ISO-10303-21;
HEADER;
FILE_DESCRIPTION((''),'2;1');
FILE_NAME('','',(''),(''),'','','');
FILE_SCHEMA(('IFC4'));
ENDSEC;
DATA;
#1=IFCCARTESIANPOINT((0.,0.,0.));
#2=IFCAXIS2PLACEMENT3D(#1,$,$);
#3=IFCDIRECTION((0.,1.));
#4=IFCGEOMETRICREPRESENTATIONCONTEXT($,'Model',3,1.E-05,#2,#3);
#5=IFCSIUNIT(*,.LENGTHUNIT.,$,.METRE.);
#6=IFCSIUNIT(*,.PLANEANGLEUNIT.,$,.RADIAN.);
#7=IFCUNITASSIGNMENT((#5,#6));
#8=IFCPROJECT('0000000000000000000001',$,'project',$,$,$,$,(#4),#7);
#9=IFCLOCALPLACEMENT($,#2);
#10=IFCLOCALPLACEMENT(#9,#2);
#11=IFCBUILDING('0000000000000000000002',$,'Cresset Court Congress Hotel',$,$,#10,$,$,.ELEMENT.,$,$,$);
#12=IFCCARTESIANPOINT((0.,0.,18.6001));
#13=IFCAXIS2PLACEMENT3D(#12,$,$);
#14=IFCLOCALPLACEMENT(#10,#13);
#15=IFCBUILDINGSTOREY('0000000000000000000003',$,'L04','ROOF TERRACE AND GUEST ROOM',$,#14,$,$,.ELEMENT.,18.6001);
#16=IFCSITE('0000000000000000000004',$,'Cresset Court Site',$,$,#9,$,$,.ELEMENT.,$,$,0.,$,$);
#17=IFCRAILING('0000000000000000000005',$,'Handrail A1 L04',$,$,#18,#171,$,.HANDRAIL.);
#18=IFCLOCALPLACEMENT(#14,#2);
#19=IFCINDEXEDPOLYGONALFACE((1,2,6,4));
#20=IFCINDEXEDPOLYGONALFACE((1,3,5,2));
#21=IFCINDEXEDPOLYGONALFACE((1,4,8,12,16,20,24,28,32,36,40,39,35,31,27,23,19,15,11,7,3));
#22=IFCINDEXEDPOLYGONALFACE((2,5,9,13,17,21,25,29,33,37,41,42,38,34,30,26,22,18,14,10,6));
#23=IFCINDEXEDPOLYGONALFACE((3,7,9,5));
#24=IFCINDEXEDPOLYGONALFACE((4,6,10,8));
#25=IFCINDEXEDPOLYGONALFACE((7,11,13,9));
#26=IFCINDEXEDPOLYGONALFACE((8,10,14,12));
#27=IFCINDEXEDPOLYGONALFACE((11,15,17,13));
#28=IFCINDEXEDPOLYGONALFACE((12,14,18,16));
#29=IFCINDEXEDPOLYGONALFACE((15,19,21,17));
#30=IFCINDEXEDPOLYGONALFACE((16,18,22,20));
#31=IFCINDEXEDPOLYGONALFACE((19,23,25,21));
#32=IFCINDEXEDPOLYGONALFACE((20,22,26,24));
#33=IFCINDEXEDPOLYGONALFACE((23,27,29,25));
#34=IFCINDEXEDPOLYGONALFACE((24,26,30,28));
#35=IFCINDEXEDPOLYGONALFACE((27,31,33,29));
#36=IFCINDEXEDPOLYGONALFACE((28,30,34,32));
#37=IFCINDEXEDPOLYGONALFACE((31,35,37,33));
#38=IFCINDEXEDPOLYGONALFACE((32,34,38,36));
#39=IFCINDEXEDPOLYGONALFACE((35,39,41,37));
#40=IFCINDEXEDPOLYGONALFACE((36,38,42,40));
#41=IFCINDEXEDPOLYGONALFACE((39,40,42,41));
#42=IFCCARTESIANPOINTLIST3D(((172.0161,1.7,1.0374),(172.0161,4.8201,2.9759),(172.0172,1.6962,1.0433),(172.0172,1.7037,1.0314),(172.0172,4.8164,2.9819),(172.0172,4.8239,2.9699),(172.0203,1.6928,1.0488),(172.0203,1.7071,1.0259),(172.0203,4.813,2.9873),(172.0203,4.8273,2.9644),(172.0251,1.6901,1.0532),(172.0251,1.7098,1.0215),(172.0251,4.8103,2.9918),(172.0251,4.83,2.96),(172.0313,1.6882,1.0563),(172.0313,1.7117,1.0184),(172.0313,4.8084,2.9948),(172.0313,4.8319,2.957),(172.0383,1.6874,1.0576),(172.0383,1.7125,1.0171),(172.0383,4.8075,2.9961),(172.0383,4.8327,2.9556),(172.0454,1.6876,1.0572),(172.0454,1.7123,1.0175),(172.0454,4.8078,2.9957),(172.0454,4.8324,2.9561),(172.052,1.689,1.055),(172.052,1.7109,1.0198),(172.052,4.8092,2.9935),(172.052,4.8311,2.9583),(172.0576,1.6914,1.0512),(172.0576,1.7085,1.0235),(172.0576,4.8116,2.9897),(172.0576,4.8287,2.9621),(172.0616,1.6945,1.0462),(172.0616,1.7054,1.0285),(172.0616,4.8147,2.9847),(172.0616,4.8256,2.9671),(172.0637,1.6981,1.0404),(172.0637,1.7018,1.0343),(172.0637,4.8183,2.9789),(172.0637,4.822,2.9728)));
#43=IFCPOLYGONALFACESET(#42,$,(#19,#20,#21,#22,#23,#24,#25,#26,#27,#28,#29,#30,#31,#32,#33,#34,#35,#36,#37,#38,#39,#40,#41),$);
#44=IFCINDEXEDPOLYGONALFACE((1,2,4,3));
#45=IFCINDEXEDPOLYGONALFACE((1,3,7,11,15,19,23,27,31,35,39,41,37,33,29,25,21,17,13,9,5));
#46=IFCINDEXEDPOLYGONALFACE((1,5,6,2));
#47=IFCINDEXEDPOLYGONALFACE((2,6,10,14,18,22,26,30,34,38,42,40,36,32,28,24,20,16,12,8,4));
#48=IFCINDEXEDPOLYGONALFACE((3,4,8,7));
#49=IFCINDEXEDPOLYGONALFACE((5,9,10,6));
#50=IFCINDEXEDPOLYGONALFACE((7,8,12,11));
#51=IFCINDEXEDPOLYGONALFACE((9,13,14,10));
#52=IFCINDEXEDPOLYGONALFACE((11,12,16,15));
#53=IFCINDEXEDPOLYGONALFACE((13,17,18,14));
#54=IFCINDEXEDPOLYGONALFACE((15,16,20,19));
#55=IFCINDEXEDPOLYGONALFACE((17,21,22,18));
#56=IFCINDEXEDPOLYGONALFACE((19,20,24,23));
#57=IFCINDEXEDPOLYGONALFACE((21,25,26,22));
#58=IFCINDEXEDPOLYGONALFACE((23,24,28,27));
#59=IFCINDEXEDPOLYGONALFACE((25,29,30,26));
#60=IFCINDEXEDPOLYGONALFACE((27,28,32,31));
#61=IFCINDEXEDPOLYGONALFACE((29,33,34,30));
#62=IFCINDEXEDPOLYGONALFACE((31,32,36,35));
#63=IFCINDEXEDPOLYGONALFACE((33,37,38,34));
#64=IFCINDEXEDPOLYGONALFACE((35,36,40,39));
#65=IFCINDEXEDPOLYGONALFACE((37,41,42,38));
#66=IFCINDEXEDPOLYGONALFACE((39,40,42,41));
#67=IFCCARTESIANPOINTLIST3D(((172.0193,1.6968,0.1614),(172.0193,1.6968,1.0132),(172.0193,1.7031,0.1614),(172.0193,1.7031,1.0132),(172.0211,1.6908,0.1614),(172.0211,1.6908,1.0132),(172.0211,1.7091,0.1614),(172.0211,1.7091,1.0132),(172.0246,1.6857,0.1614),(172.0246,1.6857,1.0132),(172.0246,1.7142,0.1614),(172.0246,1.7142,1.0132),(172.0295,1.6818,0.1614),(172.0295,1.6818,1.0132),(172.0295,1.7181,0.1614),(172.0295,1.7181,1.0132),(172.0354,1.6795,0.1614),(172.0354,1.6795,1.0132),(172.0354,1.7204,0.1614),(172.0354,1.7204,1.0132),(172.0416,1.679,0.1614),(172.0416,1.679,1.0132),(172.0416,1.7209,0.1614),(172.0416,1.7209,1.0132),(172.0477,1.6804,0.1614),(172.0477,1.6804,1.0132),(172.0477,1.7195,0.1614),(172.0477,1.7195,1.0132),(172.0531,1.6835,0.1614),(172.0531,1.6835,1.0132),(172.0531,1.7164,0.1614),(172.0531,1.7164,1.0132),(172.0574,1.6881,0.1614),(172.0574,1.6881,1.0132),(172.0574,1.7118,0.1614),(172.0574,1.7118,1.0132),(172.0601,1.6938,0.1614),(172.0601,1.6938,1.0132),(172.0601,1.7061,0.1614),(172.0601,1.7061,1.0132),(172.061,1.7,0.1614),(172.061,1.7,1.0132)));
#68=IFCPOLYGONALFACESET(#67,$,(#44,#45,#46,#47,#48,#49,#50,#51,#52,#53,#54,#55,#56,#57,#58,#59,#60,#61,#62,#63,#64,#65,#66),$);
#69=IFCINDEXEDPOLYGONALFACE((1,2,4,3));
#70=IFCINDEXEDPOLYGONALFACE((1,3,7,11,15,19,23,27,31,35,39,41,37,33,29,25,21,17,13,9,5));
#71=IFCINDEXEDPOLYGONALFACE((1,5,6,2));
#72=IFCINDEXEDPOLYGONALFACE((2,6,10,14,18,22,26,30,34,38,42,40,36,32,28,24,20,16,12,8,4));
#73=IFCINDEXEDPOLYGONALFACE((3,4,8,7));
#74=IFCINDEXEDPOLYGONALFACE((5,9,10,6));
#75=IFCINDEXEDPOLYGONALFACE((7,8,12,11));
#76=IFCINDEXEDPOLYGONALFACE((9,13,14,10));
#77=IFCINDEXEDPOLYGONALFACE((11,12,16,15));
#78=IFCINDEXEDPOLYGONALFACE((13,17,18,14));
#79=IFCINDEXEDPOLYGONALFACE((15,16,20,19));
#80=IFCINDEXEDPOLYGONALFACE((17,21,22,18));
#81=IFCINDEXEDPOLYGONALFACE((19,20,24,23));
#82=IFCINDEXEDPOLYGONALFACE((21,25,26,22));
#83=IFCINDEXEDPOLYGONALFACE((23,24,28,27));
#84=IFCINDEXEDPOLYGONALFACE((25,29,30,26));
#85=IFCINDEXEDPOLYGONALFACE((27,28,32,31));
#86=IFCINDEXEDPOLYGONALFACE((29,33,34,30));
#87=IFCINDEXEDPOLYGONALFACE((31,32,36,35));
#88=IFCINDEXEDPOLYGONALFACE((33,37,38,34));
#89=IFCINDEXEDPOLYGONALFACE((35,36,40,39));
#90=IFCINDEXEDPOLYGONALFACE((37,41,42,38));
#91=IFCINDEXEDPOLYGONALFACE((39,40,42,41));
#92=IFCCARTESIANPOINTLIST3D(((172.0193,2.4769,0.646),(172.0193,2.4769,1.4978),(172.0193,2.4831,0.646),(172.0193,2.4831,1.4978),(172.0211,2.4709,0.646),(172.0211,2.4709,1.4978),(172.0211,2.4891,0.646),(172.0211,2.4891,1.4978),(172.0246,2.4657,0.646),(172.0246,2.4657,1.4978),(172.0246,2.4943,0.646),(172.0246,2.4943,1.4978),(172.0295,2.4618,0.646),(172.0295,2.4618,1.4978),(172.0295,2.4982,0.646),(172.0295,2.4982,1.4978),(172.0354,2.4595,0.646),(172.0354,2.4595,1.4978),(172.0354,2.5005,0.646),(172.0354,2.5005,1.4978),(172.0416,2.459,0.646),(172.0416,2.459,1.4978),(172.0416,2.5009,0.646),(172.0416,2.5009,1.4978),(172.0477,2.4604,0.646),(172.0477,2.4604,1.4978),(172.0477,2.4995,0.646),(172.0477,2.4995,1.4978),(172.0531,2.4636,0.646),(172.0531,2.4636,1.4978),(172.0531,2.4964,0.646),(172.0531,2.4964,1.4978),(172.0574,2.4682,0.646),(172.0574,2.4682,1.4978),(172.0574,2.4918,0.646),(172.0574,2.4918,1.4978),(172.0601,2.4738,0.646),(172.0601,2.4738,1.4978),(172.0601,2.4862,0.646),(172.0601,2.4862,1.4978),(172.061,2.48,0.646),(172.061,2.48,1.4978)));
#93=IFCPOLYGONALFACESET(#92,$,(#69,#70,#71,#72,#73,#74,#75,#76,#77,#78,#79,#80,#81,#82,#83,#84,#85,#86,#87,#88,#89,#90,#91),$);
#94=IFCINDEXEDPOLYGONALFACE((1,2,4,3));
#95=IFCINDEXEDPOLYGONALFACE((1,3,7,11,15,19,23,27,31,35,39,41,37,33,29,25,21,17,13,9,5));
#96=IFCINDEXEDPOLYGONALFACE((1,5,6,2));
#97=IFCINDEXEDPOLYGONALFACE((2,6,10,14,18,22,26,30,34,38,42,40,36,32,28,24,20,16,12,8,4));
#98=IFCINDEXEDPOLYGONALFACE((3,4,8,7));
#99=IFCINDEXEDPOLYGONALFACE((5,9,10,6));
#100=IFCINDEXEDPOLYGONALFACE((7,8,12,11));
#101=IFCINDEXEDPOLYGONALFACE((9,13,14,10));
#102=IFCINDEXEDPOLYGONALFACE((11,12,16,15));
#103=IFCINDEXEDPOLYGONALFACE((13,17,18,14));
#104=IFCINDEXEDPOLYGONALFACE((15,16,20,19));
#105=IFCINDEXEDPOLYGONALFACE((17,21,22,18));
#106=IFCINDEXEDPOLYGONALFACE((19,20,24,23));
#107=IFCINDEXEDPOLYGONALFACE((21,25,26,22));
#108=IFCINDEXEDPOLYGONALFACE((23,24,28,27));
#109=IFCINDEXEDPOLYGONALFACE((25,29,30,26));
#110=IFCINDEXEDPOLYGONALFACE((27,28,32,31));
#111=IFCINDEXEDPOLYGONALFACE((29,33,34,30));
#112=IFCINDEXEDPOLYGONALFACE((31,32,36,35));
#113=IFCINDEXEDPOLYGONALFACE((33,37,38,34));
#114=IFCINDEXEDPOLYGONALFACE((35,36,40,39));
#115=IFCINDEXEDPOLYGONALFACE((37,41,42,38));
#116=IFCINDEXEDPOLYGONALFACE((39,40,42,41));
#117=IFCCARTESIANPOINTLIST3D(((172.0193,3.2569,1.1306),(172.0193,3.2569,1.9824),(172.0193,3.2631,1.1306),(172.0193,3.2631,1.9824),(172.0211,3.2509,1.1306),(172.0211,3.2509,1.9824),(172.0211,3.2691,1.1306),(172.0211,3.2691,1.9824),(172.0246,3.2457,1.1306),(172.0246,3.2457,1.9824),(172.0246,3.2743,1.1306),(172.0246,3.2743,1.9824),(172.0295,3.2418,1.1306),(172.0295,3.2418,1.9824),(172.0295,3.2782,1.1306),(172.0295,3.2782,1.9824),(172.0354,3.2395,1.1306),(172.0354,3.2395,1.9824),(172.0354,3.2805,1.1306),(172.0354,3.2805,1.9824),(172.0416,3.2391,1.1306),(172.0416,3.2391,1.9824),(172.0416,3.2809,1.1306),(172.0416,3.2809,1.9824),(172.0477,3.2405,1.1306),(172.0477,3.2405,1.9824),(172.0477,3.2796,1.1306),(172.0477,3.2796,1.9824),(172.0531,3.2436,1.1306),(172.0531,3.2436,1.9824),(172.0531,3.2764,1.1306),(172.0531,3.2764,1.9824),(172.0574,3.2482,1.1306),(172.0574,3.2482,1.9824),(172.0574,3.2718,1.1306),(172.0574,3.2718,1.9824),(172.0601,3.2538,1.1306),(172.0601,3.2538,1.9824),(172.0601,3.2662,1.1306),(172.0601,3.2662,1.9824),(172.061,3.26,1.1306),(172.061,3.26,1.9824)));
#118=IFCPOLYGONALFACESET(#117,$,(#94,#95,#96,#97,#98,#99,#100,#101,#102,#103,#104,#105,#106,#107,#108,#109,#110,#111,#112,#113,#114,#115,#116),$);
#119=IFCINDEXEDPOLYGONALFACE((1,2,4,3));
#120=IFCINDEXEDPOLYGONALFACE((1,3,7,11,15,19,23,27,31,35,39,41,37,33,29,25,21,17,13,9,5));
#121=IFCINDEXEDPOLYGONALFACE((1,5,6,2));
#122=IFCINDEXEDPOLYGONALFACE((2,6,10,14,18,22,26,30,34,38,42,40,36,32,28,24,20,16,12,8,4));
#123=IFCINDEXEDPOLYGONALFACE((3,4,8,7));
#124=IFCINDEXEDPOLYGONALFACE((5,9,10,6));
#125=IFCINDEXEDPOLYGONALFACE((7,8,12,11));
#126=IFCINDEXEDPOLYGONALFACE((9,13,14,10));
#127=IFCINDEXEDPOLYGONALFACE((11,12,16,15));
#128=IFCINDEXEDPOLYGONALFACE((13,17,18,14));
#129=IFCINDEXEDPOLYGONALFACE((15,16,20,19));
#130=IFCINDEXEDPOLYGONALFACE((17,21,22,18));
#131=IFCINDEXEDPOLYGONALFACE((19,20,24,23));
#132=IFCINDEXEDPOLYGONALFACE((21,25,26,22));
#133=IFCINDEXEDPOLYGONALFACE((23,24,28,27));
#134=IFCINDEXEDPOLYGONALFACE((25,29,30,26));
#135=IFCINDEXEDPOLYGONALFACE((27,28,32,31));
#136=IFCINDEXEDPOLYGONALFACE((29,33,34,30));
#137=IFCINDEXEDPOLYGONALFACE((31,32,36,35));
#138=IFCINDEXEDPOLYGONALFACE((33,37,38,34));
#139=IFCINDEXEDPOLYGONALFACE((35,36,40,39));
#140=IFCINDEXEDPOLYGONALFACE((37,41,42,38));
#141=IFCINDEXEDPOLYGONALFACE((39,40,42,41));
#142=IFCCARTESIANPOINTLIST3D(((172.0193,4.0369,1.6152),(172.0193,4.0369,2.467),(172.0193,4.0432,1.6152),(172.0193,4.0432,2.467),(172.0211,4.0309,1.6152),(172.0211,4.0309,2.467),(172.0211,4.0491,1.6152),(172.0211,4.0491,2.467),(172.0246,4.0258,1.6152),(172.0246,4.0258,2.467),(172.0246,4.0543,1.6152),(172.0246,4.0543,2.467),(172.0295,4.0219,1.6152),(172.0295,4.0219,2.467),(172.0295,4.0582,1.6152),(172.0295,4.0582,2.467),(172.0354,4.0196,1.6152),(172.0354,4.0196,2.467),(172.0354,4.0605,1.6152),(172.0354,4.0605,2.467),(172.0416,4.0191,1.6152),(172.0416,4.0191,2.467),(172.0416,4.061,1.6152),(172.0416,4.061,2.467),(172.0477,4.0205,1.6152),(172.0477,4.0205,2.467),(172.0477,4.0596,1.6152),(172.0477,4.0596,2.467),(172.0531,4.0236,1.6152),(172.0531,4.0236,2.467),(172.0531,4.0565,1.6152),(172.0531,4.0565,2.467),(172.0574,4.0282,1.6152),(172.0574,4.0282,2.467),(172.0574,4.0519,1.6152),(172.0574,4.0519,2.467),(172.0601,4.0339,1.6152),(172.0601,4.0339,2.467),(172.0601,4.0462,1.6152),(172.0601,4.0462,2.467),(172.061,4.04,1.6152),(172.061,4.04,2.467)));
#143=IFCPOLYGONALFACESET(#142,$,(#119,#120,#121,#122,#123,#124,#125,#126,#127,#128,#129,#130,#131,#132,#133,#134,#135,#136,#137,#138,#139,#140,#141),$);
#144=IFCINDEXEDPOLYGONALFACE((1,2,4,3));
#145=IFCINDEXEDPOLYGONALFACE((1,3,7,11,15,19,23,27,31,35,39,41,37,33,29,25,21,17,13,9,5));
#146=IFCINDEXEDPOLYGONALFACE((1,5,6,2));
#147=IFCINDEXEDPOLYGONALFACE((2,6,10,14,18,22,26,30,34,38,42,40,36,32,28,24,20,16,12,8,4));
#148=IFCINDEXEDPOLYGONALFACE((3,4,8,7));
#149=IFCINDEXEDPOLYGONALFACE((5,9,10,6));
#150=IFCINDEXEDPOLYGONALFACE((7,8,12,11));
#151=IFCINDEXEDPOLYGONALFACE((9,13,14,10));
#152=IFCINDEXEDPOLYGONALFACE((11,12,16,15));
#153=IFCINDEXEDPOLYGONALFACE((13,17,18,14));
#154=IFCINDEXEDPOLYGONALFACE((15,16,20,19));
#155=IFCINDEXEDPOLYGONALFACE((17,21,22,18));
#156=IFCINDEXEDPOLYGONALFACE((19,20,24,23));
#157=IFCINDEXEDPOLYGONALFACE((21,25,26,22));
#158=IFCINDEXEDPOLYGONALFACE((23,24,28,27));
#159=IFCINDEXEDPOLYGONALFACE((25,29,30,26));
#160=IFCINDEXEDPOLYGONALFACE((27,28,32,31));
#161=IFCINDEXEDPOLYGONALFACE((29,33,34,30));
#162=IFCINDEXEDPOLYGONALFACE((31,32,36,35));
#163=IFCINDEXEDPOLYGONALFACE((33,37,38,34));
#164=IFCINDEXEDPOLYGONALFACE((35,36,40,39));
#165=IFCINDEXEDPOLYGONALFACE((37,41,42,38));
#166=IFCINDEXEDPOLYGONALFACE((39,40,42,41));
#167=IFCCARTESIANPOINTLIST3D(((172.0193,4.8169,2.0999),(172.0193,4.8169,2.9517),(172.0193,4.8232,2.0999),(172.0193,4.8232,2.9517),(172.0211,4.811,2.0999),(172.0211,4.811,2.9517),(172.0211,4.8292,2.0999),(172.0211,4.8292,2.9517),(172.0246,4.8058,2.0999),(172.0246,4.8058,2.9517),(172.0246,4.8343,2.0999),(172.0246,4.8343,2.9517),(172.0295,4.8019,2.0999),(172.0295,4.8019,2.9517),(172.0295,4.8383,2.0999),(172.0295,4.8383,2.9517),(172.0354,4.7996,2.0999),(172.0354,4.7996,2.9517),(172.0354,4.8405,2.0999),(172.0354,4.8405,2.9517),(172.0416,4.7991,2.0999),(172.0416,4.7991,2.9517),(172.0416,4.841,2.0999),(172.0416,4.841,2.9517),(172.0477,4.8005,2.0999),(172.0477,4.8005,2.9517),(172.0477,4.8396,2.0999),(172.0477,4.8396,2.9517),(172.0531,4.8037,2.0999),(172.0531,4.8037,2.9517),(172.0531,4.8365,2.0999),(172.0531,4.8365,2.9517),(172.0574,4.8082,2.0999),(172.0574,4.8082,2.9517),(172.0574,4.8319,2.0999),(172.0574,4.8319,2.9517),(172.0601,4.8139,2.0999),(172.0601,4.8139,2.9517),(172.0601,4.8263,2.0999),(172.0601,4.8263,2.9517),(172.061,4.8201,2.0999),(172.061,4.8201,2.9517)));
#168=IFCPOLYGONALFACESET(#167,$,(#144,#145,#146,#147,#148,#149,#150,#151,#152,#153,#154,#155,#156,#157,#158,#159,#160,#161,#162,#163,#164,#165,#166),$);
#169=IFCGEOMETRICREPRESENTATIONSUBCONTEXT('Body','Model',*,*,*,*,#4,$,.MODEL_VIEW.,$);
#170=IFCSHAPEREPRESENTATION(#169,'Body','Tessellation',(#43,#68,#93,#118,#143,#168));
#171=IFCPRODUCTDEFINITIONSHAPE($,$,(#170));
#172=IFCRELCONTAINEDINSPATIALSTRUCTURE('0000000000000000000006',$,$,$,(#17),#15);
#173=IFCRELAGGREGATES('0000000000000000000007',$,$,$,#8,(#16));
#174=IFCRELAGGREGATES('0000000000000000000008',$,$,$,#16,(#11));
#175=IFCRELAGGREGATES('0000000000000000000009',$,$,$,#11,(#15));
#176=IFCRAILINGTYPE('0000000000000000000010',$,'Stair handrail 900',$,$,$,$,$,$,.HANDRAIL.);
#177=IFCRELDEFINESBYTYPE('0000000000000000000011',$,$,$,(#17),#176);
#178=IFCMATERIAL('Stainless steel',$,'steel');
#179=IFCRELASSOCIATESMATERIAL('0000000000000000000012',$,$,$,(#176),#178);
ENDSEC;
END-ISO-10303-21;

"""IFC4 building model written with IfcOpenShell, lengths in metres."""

from ifc_helpers import new_model, si_unit, direction, frame, origin, origin_2d, place, context, subcontext, project, spatial, circle, extrude, material, type_object, element, save


model = new_model("IFC4")

# Units and contexts
model_context = context("Model", 3, precision=1e-05, world=origin(), true_north=direction((0.0, 1.0)))
body_context = subcontext(model_context, "Body", "Model", "MODEL_VIEW")
ifc_project = project(units=[si_unit("LENGTHUNIT", "METRE"), si_unit("PLANEANGLEUNIT", "RADIAN")], contexts=[model_context])

# Site, building, storey
site_placement = place(None, origin())
site = spatial("IfcSite", under=ifc_project, at=site_placement, Name="Cresset Court Site", CompositionType="ELEMENT", RefElevation=0.0)
building_placement = place(site_placement, origin())
building = spatial("IfcBuilding", under=site, at=building_placement, Name="Cresset Court Congress Hotel", CompositionType="ELEMENT")
storey_placement = place(building_placement, frame((0.0, 0.0, 18.6001)))
storey = spatial("IfcBuildingStorey", under=building, at=storey_placement, Name="L04", Description="ROOF TERRACE AND GUEST ROOM", CompositionType="ELEMENT", Elevation=18.6001)

# Railing
ifc_material_1 = material(Name="Stainless steel", Category="steel")
railing_type_1 = type_object("IfcRailingType", Name="Stair handrail 900", PredefinedType="HANDRAIL", material=ifc_material_1)
railing_1_placement = place(storey_placement, frame((172.04, 1.7, 0.1614)))
element("IfcRailing", 1, at=railing_1_placement, inside=storey, type_object=railing_type_1, Name="Handrail A1 L04", PredefinedType="HANDRAIL", context=body_context, shape_type="SweptSolid", body=[
    extrude(circle(Radius=0.0239, at=origin_2d()), frame((0.0, 0.0, 0.876), z_axis=(0.0, 0.849414, 0.527727), x_axis=(-1.0, 0.0, 0.0)), (0.0, 0.0, 1.0), 3.6733),
    extrude(circle(Radius=0.021, at=origin_2d()), origin(), (0.0, 0.0, 1.0), 0.8518),
    extrude(circle(Radius=0.021, at=origin_2d()), frame((0.0, 0.78, 0.4846)), (0.0, 0.0, 1.0), 0.8518),
    extrude(circle(Radius=0.021, at=origin_2d()), frame((0.0, 1.5601, 0.9692)), (0.0, 0.0, 1.0), 0.8518),
    extrude(circle(Radius=0.021, at=origin_2d()), frame((0.0, 2.3401, 1.4539)), (0.0, 0.0, 1.0), 0.8518),
    extrude(circle(Radius=0.021, at=origin_2d()), frame((0.0, 3.1201, 1.9385)), (0.0, 0.0, 1.0), 0.8518),
])

save(model, "model.ifc")
